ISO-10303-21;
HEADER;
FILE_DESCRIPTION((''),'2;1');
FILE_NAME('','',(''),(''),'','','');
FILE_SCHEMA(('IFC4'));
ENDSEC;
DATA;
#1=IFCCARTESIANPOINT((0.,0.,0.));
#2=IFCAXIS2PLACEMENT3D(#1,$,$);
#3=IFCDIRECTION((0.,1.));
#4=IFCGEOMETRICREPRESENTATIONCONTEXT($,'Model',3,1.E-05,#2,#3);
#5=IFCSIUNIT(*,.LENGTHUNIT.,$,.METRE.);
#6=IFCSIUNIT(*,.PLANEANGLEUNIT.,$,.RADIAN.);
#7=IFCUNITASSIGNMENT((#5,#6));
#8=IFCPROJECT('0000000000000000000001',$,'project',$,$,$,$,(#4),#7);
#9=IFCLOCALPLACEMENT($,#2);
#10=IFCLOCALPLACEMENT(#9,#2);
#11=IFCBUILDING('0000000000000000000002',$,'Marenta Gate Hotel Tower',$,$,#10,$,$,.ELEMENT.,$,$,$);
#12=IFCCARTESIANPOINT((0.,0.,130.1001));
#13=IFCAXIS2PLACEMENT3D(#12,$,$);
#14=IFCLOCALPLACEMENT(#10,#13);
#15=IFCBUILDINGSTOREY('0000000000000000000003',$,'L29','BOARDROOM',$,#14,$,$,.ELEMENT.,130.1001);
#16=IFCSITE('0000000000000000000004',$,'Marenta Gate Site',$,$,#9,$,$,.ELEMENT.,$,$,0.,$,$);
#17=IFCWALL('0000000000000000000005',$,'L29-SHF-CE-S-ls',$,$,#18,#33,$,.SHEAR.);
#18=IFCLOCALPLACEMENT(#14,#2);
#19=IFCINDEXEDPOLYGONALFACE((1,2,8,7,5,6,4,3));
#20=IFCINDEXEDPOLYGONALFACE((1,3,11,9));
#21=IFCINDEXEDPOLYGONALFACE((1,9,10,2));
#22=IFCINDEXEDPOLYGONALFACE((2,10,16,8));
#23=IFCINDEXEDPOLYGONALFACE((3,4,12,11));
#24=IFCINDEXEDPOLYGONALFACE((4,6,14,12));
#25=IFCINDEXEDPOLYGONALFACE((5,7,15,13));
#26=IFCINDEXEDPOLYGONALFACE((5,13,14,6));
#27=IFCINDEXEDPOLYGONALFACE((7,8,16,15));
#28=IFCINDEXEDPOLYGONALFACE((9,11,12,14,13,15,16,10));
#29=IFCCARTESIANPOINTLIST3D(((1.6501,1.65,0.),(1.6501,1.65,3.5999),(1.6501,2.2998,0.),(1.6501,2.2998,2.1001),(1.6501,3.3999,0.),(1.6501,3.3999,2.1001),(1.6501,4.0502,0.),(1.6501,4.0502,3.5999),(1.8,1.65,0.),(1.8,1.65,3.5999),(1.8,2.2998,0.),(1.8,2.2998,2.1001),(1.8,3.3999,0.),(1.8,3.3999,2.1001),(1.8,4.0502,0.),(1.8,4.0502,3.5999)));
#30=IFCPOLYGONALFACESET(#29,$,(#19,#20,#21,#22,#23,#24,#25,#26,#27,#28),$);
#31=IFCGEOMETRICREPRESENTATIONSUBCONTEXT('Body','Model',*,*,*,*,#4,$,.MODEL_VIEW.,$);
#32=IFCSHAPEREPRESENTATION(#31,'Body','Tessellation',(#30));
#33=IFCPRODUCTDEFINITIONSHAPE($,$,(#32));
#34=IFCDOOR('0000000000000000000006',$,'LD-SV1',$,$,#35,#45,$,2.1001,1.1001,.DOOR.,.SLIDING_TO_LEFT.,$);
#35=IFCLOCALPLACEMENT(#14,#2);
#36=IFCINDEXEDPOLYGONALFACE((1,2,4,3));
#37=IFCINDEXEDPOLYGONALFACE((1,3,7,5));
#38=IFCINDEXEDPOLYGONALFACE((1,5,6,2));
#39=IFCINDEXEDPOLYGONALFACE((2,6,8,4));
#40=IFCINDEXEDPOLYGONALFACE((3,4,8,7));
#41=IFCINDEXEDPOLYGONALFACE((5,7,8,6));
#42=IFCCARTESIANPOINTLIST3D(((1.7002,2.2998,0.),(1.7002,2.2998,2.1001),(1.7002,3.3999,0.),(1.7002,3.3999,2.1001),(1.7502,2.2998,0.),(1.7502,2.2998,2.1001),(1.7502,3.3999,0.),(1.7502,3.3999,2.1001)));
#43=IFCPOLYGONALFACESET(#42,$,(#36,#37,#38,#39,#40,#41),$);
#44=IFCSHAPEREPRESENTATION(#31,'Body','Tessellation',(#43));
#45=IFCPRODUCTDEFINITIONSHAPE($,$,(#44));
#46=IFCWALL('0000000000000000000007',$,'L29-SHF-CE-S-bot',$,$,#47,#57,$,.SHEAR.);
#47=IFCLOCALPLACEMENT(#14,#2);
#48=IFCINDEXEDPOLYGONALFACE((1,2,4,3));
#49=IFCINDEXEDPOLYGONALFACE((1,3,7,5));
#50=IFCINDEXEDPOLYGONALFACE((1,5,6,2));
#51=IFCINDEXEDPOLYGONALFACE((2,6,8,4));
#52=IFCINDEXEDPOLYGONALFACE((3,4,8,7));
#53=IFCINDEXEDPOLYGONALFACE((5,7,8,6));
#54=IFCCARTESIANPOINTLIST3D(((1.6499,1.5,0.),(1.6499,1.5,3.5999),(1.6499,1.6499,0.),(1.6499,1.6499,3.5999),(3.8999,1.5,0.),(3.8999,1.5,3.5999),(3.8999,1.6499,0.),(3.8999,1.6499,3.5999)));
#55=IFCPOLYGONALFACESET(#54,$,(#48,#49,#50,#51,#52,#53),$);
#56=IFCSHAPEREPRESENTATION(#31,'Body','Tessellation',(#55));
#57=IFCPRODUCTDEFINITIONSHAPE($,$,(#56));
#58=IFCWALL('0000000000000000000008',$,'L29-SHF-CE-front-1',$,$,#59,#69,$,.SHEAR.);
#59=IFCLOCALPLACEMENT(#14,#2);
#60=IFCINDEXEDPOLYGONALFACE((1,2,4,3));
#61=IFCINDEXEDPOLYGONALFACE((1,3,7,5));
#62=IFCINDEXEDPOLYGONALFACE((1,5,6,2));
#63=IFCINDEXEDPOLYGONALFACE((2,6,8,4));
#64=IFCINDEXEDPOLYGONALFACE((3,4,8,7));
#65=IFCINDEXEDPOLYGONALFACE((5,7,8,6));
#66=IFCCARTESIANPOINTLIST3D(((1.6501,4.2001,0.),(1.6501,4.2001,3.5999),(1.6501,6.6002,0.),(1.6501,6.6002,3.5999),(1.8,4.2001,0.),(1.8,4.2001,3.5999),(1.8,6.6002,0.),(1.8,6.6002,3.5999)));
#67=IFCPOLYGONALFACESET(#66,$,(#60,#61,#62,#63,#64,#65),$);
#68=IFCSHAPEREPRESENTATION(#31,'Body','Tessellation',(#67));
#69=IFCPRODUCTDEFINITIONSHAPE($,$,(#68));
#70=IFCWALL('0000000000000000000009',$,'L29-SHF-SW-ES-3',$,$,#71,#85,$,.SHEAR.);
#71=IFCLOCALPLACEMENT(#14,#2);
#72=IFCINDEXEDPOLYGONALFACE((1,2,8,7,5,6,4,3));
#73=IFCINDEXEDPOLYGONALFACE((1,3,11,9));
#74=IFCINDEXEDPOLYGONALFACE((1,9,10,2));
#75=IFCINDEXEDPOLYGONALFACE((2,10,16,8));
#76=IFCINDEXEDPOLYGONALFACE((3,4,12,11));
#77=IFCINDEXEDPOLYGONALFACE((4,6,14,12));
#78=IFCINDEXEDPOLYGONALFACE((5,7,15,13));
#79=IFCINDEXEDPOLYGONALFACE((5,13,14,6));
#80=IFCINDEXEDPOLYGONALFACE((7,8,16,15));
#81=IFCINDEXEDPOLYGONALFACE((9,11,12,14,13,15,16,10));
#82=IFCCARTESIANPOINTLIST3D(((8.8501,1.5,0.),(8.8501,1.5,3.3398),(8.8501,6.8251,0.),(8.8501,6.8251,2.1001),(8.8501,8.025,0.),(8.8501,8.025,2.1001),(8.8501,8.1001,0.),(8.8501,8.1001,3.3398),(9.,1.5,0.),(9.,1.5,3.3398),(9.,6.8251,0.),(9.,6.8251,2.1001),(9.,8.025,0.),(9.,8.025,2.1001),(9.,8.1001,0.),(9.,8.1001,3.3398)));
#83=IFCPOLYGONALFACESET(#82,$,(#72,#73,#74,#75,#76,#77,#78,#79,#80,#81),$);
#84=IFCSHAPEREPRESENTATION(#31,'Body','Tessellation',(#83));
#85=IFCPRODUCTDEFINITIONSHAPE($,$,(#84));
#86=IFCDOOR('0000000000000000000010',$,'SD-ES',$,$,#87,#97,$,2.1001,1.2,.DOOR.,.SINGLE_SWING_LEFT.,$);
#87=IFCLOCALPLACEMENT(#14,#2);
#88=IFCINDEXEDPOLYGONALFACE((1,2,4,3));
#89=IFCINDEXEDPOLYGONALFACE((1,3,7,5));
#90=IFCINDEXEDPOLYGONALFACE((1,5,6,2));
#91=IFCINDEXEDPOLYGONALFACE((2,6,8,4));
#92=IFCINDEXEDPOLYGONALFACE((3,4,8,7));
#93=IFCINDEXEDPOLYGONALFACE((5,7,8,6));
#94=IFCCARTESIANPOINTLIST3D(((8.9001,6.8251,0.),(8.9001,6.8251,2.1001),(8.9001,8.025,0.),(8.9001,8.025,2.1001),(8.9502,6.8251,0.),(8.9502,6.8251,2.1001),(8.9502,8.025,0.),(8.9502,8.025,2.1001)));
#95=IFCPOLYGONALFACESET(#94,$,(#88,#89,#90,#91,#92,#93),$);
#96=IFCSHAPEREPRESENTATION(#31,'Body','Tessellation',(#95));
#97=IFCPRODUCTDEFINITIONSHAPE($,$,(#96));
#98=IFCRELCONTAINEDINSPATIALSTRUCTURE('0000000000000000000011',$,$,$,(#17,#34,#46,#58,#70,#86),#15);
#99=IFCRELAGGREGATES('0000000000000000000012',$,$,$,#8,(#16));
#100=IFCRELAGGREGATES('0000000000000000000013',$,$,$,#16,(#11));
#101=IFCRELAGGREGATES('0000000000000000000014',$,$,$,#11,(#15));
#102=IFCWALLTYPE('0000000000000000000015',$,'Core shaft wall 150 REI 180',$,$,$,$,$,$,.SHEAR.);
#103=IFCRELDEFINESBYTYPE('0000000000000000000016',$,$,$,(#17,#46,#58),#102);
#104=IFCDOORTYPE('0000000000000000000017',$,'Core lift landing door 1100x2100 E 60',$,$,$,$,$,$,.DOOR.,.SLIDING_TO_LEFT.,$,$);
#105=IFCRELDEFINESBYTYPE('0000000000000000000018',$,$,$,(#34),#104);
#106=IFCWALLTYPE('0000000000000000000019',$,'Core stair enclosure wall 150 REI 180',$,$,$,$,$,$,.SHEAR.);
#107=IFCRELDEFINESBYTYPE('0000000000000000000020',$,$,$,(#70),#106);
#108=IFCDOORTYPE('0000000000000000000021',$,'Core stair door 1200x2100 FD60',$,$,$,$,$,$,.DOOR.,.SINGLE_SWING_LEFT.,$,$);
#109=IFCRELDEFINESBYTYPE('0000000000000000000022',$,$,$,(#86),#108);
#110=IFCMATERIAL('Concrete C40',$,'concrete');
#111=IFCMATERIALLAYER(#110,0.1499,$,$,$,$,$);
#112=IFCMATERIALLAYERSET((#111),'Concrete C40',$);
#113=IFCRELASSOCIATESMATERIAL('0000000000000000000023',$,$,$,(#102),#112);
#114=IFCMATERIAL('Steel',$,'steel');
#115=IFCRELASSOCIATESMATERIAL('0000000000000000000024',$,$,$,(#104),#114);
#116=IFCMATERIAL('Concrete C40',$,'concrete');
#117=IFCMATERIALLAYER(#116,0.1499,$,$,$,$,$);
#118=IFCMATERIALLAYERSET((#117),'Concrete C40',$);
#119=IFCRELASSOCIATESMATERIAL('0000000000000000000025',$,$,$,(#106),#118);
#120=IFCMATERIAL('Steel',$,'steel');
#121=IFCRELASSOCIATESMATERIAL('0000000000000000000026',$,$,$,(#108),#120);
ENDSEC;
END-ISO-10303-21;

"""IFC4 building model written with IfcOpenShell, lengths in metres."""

from ifc_helpers import new_model, si_unit, direction, frame, frame_2d, origin, place, context, subcontext, project, spatial, rectangle, extrude, material, layer, layer_set, type_object, element, fill, save


model = new_model("IFC4")

# Units and contexts
model_context = context("Model", 3, precision=1e-05, world=origin(), true_north=direction((0.0, 1.0)))
body_context = subcontext(model_context, "Body", "Model", "MODEL_VIEW")
ifc_project = project(units=[si_unit("LENGTHUNIT", "METRE"), si_unit("PLANEANGLEUNIT", "RADIAN")], contexts=[model_context])

# Site, building, storey
site_placement = place(None, origin())
site = spatial("IfcSite", under=ifc_project, at=site_placement, Name="Marenta Gate Site", CompositionType="ELEMENT", RefElevation=0.0)
building_placement = place(site_placement, origin())
building = spatial("IfcBuilding", under=site, at=building_placement, Name="Marenta Gate Hotel Tower", CompositionType="ELEMENT")
storey_placement = place(building_placement, frame((0.0, 0.0, 130.1001)))
storey = spatial("IfcBuildingStorey", under=building, at=storey_placement, Name="L29", Description="BOARDROOM", CompositionType="ELEMENT", Elevation=130.1001)

# Shared definitions
ifc_material_1 = material(Name="Concrete C40", Category="concrete")
ifc_layer_1 = layer(ifc_material_1, 0.1499)
ifc_layer_set_1 = layer_set([ifc_layer_1], Name="Concrete C40")
wall_type_1 = type_object("IfcWallType", Name="Core shaft wall 150 REI 180", PredefinedType="SHEAR", material=ifc_layer_set_1)

# Wall, opening, door
wall_1_placement = place(storey_placement, frame((1.7251, 1.6499, 0.0), z_axis=(0.0, 0.0, 1.0), x_axis=(0.0, 1.0, 0.0)))
wall_1 = element("IfcWall", 1, at=wall_1_placement, inside=storey, type_object=wall_type_1, Name="L29-SHF-CE-S-ls", PredefinedType="SHEAR", context=body_context, shape_type="SweptSolid", body=[
    extrude(rectangle(XDim=2.4001, YDim=0.1499, at=frame_2d((1.2002, 0.0))), origin(), (0.0, 0.0, 1.0), 3.5999),
])
opening_1_placement = place(wall_1_placement, frame((0.6499, 0.0, 0.0)))
opening_1 = element("IfcOpeningElement", 2, at=opening_1_placement, cuts=wall_1, PredefinedType="OPENING", context=body_context, shape_type="SweptSolid", body=[
    extrude(rectangle(XDim=1.1001, YDim=2.1001, at=frame_2d((0.55, 1.05))), frame((0.0, 0.075, 0.0), z_axis=(0.0, -1.0, 0.0), x_axis=(1.0, 0.0, 0.0)), (0.0, 0.0, 1.0), 0.1499),
])
ifc_material_2 = material(Name="Steel", Category="steel")
door_type_1 = type_object("IfcDoorType", Name="Core lift landing door 1100x2100 E 60", OperationType="SLIDING_TO_LEFT", PredefinedType="DOOR", material=ifc_material_2)
door_1_placement = place(opening_1_placement, origin())
door_1 = element("IfcDoor", 3, at=door_1_placement, inside=storey, type_object=door_type_1, Name="LD-SV1", OperationType="SLIDING_TO_LEFT", OverallHeight=2.1001, OverallWidth=1.1001, PredefinedType="DOOR", context=body_context, shape_type="SweptSolid", body=[
    extrude(rectangle(XDim=1.1001, YDim=2.1001, at=frame_2d((0.55, 1.05))), frame((0.0, 0.0249, 0.0), z_axis=(0.0, -1.0, 0.0), x_axis=(1.0, 0.0, 0.0)), (0.0, 0.0, 1.0), 0.05),
])
fill(opening_1, door_1)

# Walls
wall_2_placement = place(storey_placement, frame((1.6499, 1.575, 0.0), z_axis=(0.0, 0.0, 1.0), x_axis=(1.0, 0.0, 0.0)))
element("IfcWall", 4, at=wall_2_placement, inside=storey, type_object=wall_type_1, Name="L29-SHF-CE-S-bot", PredefinedType="SHEAR", context=body_context, shape_type="SweptSolid", body=[
    extrude(rectangle(XDim=2.25, YDim=0.1499, at=frame_2d((1.125, 0.0))), origin(), (0.0, 0.0, 1.0), 3.5999),
])
wall_3_placement = place(storey_placement, frame((1.7251, 4.2, 0.0), z_axis=(0.0, 0.0, 1.0), x_axis=(0.0, 1.0, 0.0)))
element("IfcWall", 5, at=wall_3_placement, inside=storey, type_object=wall_type_1, Name="L29-SHF-CE-front-1", PredefinedType="SHEAR", context=body_context, shape_type="SweptSolid", body=[
    extrude(rectangle(XDim=2.4001, YDim=0.1499, at=frame_2d((1.2002, 0.0))), origin(), (0.0, 0.0, 1.0), 3.5999),
])

# Wall, opening, door
ifc_material_3 = material(Name="Concrete C40", Category="concrete")
ifc_layer_2 = layer(ifc_material_3, 0.1499)
ifc_layer_set_2 = layer_set([ifc_layer_2], Name="Concrete C40")
wall_type_2 = type_object("IfcWallType", Name="Core stair enclosure wall 150 REI 180", PredefinedType="SHEAR", material=ifc_layer_set_2)
wall_4_placement = place(storey_placement, frame((8.925, 1.5, 0.0), z_axis=(0.0, 0.0, 1.0), x_axis=(0.0, 1.0, 0.0)))
wall_4 = element("IfcWall", 6, at=wall_4_placement, inside=storey, type_object=wall_type_2, Name="L29-SHF-SW-ES-3", PredefinedType="SHEAR", context=body_context, shape_type="SweptSolid", body=[
    extrude(rectangle(XDim=6.6001, YDim=0.1499, at=frame_2d((3.3, 0.0))), origin(), (0.0, 0.0, 1.0), 3.3398),
])
opening_2_placement = place(wall_4_placement, frame((5.325, 0.0, 0.0)))
opening_2 = element("IfcOpeningElement", 7, at=opening_2_placement, cuts=wall_4, PredefinedType="OPENING", context=body_context, shape_type="SweptSolid", body=[
    extrude(rectangle(XDim=1.2, YDim=2.1001, at=frame_2d((0.6001, 1.05))), frame((0.0, 0.075, 0.0), z_axis=(0.0, -1.0, 0.0), x_axis=(1.0, 0.0, 0.0)), (0.0, 0.0, 1.0), 0.1499),
])
ifc_material_4 = material(Name="Steel", Category="steel")
door_type_2 = type_object("IfcDoorType", Name="Core stair door 1200x2100 FD60", OperationType="SINGLE_SWING_LEFT", PredefinedType="DOOR", material=ifc_material_4)
door_2_placement = place(opening_2_placement, origin())
door_2 = element("IfcDoor", 8, at=door_2_placement, inside=storey, type_object=door_type_2, Name="SD-ES", OperationType="SINGLE_SWING_LEFT", OverallHeight=2.1001, OverallWidth=1.2, PredefinedType="DOOR", context=body_context, shape_type="SweptSolid", body=[
    extrude(rectangle(XDim=1.2, YDim=2.1001, at=frame_2d((0.6001, 1.05))), frame((0.0, 0.0249, 0.0), z_axis=(0.0, -1.0, 0.0), x_axis=(1.0, 0.0, 0.0)), (0.0, 0.0, 1.0), 0.05),
])
fill(opening_2, door_2)

save(model, "model.ifc")
